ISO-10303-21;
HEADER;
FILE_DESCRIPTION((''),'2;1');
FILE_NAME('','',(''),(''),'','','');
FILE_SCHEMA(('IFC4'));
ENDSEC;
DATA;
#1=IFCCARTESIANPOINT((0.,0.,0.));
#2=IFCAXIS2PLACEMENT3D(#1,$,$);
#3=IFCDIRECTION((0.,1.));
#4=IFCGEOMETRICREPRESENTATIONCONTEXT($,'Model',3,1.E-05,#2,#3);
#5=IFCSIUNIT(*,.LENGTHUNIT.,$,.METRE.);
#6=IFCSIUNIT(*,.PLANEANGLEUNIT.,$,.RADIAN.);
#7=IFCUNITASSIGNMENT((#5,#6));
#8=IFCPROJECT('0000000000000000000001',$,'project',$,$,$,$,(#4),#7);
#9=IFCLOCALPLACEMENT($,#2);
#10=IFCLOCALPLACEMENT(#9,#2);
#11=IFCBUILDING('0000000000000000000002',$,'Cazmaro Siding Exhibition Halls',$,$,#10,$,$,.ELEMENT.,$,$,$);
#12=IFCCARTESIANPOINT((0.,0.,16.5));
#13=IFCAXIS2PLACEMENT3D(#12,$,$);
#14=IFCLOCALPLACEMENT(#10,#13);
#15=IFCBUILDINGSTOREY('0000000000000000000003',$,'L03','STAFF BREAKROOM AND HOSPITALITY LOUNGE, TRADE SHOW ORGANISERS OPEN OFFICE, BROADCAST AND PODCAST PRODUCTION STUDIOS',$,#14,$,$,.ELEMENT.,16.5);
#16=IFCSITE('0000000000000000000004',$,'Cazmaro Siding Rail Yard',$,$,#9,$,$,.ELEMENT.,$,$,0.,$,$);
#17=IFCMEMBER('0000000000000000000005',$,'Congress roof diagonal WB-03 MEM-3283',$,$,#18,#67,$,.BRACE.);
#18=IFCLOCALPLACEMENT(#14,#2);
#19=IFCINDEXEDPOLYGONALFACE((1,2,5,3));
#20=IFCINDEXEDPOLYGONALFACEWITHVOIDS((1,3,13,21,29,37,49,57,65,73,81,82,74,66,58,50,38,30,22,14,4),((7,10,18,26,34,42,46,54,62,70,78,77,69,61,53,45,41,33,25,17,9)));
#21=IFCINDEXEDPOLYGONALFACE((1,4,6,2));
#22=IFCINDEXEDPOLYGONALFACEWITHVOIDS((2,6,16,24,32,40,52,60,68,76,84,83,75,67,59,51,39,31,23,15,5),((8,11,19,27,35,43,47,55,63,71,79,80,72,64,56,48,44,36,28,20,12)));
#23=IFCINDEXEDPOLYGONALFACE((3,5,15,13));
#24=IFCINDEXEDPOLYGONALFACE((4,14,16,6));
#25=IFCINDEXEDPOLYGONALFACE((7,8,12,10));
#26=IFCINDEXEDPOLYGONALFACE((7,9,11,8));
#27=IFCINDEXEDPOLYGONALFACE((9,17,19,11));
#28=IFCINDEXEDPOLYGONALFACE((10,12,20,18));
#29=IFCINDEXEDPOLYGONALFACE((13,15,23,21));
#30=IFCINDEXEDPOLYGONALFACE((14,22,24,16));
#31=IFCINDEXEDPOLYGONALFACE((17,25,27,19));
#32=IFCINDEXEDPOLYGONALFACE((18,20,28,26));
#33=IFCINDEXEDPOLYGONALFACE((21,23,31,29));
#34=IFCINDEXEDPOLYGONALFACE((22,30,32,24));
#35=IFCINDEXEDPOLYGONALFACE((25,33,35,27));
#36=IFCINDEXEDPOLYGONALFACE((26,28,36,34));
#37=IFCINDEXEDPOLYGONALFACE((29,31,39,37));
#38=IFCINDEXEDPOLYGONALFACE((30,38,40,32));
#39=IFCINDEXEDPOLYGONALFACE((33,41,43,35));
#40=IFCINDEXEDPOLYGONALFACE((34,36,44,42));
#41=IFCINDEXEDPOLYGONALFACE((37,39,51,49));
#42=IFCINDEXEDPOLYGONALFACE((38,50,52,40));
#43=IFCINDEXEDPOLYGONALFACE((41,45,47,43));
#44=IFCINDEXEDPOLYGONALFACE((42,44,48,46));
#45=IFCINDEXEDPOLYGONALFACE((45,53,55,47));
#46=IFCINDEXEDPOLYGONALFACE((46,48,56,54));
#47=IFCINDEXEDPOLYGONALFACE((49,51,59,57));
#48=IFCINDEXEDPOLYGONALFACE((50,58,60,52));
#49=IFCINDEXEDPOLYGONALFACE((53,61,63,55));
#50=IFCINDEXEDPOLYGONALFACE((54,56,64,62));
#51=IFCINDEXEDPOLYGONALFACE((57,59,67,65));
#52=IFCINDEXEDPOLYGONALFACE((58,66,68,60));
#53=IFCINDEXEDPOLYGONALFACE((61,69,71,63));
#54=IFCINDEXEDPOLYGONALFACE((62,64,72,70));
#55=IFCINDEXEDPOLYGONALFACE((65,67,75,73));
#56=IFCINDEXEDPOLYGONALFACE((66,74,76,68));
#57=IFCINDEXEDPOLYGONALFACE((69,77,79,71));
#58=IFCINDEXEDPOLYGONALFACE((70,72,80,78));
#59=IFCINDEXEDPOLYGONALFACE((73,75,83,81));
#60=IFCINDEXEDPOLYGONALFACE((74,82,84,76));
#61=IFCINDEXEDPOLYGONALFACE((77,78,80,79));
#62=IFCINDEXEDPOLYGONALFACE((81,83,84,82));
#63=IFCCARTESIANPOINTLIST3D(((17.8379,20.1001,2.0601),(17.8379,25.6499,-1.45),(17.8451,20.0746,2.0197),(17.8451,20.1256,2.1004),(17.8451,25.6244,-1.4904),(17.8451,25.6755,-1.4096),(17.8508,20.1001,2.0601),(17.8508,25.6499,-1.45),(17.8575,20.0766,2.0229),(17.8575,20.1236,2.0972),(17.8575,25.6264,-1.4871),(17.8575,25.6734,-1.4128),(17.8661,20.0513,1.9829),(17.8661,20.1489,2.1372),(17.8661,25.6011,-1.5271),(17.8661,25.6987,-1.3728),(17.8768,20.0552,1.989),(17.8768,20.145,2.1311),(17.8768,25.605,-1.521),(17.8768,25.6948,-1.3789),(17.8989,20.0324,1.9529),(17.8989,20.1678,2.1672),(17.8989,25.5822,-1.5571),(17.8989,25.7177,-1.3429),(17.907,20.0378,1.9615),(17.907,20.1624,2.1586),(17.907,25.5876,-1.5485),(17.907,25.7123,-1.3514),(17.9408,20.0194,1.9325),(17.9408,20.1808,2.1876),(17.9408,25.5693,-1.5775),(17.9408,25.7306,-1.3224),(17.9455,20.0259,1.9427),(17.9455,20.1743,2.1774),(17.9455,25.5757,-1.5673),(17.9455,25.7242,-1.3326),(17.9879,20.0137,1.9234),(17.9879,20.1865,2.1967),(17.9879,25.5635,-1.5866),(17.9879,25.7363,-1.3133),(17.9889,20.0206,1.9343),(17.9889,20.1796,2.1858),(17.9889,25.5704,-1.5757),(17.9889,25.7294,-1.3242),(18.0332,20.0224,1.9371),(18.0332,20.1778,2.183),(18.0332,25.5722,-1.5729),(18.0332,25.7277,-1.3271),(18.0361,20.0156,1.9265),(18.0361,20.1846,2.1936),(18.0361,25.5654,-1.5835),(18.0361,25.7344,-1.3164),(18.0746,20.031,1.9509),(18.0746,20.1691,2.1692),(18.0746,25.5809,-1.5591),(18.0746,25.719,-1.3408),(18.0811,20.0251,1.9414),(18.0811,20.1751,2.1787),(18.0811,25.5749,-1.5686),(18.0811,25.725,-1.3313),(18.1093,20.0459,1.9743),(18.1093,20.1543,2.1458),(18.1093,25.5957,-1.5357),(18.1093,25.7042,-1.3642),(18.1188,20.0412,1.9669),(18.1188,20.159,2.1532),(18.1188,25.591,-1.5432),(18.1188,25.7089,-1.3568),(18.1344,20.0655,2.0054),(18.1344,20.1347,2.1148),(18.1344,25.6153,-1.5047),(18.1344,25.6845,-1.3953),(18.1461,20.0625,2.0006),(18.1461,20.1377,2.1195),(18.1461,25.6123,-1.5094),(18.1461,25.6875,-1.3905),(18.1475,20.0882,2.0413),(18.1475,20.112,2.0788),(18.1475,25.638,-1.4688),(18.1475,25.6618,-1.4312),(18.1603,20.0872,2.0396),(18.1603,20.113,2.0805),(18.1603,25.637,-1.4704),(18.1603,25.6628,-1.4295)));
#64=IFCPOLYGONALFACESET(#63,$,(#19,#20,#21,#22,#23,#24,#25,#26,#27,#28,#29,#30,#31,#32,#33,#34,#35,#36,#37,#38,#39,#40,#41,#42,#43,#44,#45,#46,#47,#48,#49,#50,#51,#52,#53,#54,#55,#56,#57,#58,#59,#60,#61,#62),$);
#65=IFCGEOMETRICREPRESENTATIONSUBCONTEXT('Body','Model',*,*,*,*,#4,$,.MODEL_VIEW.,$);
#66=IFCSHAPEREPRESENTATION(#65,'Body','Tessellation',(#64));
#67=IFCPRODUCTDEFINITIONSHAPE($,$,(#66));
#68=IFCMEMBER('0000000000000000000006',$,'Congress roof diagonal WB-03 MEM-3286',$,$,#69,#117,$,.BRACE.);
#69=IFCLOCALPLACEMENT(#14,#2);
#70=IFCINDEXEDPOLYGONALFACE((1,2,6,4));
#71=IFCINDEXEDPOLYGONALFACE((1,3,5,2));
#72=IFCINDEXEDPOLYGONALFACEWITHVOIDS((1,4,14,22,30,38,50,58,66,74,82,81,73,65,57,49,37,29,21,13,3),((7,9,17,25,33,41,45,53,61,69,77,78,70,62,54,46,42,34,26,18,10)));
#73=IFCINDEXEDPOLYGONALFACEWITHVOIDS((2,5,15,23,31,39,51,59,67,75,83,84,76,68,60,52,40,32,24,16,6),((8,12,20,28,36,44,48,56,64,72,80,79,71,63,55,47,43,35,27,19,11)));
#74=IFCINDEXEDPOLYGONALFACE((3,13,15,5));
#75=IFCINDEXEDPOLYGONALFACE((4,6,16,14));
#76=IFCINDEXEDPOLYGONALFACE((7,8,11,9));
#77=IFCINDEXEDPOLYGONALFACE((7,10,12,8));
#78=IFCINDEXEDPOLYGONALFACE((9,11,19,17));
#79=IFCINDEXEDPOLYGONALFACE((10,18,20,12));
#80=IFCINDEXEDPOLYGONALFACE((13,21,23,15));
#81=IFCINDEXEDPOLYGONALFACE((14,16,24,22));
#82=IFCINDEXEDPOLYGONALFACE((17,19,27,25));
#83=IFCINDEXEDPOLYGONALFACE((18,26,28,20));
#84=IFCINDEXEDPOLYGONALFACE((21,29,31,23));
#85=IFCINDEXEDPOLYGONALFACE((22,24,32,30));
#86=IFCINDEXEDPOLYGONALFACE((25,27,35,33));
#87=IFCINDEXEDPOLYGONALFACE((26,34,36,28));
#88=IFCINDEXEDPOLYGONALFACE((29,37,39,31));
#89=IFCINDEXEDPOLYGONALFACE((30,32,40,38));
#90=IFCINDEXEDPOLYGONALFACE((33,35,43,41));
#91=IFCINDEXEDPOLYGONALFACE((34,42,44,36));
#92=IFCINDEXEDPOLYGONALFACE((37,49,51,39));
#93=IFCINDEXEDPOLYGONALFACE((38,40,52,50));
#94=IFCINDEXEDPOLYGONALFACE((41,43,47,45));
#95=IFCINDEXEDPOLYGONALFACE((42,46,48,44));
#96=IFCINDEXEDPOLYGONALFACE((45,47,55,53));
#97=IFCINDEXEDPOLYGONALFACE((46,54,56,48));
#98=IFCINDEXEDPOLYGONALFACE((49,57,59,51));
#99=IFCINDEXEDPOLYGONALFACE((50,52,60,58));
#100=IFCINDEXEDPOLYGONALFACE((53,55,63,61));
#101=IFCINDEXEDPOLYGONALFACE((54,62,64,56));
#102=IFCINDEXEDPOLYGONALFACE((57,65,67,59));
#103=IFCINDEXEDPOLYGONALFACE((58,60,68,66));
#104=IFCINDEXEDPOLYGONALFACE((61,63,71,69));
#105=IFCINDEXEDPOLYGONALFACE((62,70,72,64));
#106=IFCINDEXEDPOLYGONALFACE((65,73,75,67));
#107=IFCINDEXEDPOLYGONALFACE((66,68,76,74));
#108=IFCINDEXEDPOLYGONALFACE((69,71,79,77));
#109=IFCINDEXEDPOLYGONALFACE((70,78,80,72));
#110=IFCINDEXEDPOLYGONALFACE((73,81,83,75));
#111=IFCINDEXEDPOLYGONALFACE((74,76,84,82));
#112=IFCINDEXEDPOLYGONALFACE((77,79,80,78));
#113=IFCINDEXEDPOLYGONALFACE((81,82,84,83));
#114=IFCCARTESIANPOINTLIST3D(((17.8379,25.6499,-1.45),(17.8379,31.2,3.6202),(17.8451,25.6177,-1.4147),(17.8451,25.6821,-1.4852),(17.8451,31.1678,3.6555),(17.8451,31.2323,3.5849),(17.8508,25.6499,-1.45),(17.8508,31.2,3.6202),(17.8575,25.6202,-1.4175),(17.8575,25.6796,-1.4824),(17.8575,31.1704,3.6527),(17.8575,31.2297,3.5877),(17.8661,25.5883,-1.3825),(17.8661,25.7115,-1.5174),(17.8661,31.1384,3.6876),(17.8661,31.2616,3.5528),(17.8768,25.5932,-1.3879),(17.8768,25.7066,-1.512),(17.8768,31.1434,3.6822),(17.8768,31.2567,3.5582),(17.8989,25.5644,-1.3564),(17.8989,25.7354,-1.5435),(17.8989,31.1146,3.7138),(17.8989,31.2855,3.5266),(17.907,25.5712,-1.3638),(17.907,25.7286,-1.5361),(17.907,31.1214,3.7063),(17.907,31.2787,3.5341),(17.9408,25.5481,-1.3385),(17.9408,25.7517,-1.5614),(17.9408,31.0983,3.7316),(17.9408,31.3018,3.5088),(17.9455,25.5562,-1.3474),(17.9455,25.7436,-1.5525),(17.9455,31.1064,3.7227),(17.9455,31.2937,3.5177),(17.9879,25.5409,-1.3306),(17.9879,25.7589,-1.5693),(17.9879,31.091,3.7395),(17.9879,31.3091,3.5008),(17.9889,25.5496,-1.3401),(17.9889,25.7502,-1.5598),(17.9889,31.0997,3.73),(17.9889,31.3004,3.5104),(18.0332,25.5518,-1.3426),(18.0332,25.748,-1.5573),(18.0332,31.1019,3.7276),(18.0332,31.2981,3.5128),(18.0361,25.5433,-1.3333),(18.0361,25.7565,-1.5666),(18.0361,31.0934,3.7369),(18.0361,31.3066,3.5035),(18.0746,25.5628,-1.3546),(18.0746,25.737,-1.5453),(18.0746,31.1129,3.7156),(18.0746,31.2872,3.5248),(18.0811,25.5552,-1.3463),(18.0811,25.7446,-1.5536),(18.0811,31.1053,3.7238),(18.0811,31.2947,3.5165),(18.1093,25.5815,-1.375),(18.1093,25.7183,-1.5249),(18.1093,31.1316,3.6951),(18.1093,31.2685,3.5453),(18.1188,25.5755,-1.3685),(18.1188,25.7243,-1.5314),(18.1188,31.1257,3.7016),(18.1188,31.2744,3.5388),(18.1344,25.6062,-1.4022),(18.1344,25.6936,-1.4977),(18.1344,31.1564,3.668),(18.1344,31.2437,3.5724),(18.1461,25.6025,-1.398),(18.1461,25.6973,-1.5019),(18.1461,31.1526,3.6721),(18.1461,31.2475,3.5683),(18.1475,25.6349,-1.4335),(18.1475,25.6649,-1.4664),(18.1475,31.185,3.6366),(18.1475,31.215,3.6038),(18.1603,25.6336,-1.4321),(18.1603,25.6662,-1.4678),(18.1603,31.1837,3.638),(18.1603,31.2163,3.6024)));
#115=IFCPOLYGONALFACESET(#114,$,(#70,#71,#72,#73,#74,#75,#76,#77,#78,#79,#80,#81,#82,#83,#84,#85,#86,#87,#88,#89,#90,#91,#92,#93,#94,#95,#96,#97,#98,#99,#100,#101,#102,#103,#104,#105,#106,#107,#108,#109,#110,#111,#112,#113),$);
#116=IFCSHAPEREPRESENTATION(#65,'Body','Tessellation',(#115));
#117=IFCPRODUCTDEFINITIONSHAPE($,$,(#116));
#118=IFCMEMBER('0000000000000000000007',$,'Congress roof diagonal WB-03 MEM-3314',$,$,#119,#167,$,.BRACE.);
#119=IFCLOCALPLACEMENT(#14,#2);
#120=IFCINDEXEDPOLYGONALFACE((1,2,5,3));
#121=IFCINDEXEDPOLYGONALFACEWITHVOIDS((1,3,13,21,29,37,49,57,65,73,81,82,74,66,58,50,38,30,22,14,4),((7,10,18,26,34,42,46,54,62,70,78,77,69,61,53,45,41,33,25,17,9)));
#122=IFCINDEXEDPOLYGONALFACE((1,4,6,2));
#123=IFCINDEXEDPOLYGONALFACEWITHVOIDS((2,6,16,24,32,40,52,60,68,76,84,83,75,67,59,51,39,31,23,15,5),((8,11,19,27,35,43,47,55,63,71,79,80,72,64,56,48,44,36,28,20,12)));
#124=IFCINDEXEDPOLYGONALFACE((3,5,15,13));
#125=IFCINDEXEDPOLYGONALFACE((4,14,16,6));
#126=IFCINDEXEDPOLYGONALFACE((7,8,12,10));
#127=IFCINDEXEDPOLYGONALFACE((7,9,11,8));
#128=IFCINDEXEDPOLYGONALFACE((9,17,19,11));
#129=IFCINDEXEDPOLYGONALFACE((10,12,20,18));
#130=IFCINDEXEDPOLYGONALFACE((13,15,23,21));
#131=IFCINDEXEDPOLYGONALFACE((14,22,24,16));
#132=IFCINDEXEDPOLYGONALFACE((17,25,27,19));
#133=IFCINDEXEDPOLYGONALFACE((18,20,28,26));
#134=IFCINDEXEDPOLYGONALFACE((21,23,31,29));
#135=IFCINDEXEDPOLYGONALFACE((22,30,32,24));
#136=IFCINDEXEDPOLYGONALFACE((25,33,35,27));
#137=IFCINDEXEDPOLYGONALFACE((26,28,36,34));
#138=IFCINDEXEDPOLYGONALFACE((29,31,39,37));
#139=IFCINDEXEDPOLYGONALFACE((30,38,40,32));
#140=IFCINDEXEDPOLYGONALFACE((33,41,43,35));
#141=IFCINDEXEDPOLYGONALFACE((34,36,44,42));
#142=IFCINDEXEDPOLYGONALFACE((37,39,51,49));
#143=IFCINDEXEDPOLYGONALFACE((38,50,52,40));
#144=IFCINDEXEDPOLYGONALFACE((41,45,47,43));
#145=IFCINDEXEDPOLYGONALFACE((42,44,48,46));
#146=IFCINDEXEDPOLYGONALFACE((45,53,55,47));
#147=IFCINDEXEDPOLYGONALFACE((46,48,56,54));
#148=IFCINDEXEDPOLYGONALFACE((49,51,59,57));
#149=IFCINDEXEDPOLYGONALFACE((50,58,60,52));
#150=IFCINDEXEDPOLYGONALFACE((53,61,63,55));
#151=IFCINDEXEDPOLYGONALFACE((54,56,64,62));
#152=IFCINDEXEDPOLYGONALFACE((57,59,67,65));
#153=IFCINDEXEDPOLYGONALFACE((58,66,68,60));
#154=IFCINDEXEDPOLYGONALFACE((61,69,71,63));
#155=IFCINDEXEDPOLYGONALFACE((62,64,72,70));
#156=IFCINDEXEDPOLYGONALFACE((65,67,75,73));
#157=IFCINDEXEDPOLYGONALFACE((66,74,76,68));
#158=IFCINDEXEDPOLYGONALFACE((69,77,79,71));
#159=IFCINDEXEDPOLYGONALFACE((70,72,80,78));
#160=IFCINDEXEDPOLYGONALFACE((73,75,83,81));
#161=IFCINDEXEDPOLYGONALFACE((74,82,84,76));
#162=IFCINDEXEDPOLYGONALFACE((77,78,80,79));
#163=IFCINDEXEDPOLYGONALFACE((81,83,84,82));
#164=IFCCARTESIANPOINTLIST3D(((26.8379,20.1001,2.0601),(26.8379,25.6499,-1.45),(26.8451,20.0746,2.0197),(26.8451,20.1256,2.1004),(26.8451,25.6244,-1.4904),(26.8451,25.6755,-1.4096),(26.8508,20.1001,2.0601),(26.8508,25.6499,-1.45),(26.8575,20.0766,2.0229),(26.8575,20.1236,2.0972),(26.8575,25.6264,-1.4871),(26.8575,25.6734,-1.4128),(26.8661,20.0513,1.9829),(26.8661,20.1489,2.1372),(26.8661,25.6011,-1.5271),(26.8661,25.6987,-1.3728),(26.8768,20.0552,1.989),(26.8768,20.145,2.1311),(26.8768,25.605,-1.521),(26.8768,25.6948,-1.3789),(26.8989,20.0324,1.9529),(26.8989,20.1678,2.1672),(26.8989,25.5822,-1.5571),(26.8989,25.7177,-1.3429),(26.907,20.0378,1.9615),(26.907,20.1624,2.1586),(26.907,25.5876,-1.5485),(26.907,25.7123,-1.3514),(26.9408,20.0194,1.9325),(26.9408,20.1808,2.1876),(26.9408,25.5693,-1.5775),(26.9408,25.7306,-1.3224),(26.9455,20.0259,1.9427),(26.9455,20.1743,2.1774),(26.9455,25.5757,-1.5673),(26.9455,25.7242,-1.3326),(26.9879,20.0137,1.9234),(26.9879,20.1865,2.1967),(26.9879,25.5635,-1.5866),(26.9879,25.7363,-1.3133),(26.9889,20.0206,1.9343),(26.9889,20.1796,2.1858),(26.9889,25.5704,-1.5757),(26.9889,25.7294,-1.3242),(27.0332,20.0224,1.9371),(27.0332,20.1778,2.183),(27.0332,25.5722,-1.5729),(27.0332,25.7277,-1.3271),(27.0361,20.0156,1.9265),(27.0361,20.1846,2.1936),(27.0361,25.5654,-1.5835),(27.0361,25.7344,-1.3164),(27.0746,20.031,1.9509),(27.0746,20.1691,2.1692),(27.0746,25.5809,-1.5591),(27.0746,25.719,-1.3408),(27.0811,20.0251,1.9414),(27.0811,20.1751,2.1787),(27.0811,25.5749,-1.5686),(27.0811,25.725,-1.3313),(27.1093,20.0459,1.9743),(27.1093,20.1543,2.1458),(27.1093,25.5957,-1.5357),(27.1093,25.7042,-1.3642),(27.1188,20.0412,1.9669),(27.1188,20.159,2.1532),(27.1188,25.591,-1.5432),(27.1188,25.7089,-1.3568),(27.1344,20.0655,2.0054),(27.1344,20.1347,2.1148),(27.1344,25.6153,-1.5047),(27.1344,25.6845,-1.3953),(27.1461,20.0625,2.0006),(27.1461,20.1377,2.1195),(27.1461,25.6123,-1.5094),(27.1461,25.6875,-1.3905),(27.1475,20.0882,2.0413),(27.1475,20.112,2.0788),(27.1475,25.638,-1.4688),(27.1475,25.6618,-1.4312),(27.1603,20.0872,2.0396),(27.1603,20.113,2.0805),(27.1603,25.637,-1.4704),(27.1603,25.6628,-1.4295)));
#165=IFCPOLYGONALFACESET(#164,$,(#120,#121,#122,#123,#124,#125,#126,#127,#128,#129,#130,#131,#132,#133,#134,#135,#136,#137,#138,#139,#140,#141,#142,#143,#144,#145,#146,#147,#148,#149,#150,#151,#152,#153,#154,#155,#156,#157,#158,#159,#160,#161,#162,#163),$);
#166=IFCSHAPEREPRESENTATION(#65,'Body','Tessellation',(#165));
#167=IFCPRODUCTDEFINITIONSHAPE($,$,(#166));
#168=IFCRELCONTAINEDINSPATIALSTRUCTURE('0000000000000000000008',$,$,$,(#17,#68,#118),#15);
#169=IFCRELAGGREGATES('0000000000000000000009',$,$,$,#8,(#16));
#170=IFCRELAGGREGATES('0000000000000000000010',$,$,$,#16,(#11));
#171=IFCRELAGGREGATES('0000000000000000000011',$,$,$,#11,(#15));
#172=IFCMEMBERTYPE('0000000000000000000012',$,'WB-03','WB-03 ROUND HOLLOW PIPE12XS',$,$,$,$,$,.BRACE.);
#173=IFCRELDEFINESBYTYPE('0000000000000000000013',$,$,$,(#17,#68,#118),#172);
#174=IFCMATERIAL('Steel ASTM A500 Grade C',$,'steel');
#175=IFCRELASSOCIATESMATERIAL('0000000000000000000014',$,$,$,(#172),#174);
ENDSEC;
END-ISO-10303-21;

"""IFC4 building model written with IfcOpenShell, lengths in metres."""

from ifc_helpers import new_model, si_unit, direction, frame, origin, origin_2d, place, context, subcontext, project, spatial, hollow_circle, extrude, material, material_profile, profile_set, type_object, element, save


model = new_model("IFC4")

# Units and contexts
model_context = context("Model", 3, precision=1e-05, world=origin(), true_north=direction((0.0, 1.0)))
body_context = subcontext(model_context, "Body", "Model", "MODEL_VIEW")
ifc_project = project(units=[si_unit("LENGTHUNIT", "METRE"), si_unit("PLANEANGLEUNIT", "RADIAN")], contexts=[model_context])

# Site, building, storey
site_placement = place(None, origin())
site = spatial("IfcSite", under=ifc_project, at=site_placement, Name="Cazmaro Siding Rail Yard", CompositionType="ELEMENT", RefElevation=0.0)
building_placement = place(site_placement, origin())
building = spatial("IfcBuilding", under=site, at=building_placement, Name="Cazmaro Siding Exhibition Halls", CompositionType="ELEMENT")
storey_placement = place(building_placement, frame((0.0, 0.0, 16.5)))
storey = spatial("IfcBuildingStorey", under=building, at=storey_placement, Name="L03", Description="STAFF BREAKROOM AND HOSPITALITY LOUNGE, TRADE SHOW ORGANISERS OPEN OFFICE, BROADCAST AND PODCAST PRODUCTION STUDIOS", CompositionType="ELEMENT", Elevation=16.5)

# Members
ifc_material_1 = material(Name="Steel ASTM A500 Grade C", Category="steel")
ifc_material_profile_1 = material_profile(ifc_material_1, hollow_circle(Radius=0.1621, WallThickness=0.0129, at=origin_2d()), Name="PIPE12XS")
ifc_profile_set_1 = profile_set([ifc_material_profile_1], Name="Steel ASTM A500 Grade C")
member_type_1 = type_object("IfcMemberType", Name="WB-03", Description="WB-03 ROUND HOLLOW PIPE12XS", PredefinedType="BRACE", material=ifc_profile_set_1)
member_1_placement = place(storey_placement, frame((18.0, 20.1001, 2.0601), z_axis=(0.0, 0.845154, -0.534523), x_axis=(-1.0, 0.0, 0.0)))
element("IfcMember", 1, at=member_1_placement, inside=storey, type_object=member_type_1, Name="Congress roof diagonal WB-03 MEM-3283", PredefinedType="BRACE", context=body_context, shape_type="SweptSolid", body=[
    extrude(hollow_circle(Radius=0.1621, WallThickness=0.0129, at=origin_2d()), origin(), (0.0, 0.0, 1.0), 6.5667),
])
member_2_placement = place(storey_placement, frame((18.0, 25.6499, -1.45), z_axis=(0.0, 0.738311, 0.67446), x_axis=(-1.0, 0.0, 0.0)))
element("IfcMember", 2, at=member_2_placement, inside=storey, type_object=member_type_1, Name="Congress roof diagonal WB-03 MEM-3286", PredefinedType="BRACE", context=body_context, shape_type="SweptSolid", body=[
    extrude(hollow_circle(Radius=0.1621, WallThickness=0.0129, at=origin_2d()), origin(), (0.0, 0.0, 1.0), 7.5173),
])
member_3_placement = place(storey_placement, frame((27.0, 20.1001, 2.0601), z_axis=(0.0, 0.845154, -0.534523), x_axis=(-1.0, 0.0, 0.0)))
element("IfcMember", 3, at=member_3_placement, inside=storey, type_object=member_type_1, Name="Congress roof diagonal WB-03 MEM-3314", PredefinedType="BRACE", context=body_context, shape_type="SweptSolid", body=[
    extrude(hollow_circle(Radius=0.1621, WallThickness=0.0129, at=origin_2d()), origin(), (0.0, 0.0, 1.0), 6.5667),
])

save(model, "model.ifc")
